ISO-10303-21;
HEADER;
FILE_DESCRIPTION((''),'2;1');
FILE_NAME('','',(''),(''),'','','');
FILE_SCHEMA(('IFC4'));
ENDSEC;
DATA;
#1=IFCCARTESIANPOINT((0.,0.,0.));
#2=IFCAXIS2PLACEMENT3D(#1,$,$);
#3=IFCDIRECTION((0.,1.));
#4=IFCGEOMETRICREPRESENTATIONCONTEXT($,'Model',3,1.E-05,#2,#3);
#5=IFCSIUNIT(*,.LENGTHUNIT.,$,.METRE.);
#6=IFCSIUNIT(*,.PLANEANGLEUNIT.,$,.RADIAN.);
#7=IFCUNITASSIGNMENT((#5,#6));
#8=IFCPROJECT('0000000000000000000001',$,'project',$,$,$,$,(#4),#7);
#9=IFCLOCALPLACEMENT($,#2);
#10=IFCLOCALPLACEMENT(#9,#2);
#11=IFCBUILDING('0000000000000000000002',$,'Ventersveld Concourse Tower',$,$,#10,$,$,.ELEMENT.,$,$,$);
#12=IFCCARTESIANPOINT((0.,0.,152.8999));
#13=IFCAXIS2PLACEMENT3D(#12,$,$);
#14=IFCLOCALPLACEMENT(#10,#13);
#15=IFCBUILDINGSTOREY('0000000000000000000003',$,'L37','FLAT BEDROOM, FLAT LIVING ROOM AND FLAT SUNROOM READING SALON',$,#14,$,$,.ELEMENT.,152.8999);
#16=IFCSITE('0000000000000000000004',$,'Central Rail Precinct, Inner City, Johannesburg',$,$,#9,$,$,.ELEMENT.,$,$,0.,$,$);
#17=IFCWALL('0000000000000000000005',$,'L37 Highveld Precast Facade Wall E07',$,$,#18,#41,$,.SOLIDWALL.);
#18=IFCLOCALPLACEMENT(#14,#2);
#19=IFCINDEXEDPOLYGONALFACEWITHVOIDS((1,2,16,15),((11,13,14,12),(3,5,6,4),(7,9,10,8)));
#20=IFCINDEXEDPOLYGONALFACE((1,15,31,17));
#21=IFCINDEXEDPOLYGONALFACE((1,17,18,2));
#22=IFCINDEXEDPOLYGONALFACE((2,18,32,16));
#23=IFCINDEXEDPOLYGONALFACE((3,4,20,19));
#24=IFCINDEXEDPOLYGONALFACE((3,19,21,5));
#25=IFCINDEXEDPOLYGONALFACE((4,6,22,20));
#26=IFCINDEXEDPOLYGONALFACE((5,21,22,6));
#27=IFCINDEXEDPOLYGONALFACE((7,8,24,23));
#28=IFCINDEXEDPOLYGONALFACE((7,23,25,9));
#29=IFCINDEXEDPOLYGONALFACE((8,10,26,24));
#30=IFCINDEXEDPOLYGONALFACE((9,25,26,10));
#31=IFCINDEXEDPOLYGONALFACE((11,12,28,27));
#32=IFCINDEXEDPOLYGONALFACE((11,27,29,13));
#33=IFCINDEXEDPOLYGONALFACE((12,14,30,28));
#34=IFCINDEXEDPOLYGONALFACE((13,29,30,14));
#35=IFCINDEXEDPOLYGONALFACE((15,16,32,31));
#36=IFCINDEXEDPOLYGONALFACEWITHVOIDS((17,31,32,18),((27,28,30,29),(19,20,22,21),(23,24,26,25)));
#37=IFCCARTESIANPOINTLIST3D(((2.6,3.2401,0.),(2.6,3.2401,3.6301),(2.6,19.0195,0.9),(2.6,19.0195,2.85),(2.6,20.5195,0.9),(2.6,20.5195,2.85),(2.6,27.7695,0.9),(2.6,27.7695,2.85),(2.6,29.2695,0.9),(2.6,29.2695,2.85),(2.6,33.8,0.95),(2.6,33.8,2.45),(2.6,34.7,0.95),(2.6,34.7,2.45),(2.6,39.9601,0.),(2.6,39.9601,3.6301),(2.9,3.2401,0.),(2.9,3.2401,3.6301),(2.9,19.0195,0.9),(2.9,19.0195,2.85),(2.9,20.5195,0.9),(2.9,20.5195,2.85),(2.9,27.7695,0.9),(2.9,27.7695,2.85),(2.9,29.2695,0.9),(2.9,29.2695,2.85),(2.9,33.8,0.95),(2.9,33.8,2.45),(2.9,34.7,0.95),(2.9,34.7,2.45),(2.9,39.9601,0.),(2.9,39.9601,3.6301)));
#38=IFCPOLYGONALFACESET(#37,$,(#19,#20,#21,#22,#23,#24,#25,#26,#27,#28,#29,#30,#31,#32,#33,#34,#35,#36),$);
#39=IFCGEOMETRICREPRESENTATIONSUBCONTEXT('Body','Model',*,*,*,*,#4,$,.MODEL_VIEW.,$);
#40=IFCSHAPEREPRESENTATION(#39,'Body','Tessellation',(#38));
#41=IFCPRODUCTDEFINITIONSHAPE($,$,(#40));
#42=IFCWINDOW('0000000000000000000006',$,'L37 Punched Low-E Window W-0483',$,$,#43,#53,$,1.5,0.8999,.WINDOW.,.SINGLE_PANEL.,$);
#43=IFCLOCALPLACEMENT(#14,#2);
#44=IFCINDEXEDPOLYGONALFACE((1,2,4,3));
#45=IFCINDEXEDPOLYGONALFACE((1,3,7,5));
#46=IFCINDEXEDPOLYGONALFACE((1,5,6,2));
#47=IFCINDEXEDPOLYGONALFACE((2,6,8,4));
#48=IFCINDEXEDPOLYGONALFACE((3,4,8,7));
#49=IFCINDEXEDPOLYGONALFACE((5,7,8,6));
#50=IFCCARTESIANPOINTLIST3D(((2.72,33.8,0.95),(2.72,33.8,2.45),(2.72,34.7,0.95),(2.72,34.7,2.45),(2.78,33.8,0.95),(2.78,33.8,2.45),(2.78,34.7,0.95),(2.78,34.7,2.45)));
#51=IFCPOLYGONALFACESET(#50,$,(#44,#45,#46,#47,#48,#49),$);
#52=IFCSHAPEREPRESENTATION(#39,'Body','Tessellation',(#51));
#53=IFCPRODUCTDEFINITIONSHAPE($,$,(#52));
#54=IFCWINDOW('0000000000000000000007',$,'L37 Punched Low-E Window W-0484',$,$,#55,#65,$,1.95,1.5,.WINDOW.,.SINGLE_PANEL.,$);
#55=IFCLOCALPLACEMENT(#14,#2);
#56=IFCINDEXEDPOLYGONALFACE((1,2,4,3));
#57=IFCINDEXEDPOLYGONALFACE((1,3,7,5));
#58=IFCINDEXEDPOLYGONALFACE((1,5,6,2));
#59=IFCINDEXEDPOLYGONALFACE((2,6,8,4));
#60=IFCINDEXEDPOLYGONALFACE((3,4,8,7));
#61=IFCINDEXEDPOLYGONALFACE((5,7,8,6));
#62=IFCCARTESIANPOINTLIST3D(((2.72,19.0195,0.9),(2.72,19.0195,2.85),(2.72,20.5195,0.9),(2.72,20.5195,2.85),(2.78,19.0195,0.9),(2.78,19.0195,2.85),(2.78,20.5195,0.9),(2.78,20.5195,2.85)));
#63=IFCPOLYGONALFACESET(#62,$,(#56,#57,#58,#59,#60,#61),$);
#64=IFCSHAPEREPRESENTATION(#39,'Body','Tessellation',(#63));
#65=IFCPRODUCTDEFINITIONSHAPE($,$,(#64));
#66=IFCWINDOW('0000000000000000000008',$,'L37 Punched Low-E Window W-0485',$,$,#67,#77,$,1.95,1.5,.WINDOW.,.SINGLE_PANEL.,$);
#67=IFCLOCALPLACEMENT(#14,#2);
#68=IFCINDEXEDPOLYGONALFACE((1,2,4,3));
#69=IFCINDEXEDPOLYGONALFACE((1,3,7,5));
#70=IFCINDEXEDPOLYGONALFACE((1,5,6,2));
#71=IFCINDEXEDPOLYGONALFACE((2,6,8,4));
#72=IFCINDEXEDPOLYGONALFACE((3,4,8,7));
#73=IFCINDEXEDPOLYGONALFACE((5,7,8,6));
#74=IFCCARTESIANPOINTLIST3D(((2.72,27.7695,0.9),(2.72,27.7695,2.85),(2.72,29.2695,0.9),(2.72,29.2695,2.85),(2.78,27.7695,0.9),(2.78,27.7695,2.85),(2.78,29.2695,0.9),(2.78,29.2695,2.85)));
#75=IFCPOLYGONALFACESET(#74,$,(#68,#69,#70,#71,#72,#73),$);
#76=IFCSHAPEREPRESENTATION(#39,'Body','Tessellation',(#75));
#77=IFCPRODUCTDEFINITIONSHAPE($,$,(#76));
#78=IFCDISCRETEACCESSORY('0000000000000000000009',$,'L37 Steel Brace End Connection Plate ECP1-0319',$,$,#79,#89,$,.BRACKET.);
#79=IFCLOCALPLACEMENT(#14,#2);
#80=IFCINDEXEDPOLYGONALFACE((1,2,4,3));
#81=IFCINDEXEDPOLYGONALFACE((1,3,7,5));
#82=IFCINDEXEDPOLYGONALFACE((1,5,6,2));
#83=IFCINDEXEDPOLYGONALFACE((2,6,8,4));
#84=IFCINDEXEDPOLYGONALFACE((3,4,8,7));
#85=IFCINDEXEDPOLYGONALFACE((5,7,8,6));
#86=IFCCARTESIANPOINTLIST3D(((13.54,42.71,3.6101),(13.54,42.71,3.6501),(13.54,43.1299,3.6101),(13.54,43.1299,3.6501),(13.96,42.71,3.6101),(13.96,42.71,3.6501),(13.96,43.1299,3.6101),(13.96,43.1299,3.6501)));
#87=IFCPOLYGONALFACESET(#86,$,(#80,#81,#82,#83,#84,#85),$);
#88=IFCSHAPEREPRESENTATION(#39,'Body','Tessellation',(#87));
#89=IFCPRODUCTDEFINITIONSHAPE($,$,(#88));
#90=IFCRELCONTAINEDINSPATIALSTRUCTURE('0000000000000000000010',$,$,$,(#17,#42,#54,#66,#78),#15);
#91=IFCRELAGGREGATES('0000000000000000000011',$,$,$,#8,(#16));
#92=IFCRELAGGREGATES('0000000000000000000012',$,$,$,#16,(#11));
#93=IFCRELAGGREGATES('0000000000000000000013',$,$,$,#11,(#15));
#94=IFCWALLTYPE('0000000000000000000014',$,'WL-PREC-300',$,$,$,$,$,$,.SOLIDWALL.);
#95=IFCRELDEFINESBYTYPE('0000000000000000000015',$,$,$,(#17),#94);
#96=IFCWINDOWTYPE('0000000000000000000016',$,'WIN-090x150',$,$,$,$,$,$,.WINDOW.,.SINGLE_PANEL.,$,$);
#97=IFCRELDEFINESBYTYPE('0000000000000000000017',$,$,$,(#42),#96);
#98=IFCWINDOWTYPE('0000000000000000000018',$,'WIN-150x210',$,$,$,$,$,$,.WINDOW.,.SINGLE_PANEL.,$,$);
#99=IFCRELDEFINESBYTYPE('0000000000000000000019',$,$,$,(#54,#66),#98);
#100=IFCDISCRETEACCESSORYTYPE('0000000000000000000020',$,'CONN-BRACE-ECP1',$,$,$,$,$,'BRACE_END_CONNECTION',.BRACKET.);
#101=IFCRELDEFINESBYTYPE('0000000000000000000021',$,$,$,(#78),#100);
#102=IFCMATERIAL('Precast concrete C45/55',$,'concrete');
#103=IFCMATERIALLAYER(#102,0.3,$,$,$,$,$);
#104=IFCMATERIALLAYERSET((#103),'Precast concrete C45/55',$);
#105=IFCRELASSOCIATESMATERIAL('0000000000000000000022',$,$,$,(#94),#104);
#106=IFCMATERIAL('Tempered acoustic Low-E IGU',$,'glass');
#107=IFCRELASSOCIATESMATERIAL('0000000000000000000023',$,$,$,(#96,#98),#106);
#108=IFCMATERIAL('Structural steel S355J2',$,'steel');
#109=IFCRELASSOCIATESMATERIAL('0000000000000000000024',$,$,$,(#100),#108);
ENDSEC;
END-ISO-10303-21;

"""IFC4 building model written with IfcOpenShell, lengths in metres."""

from ifc_helpers import new_model, si_unit, direction, frame, frame_2d, origin, origin_2d, place, context, subcontext, project, spatial, rectangle, extrude, material, layer, layer_set, type_object, element, fill, save


model = new_model("IFC4")

# Units and contexts
model_context = context("Model", 3, precision=1e-05, world=origin(), true_north=direction((0.0, 1.0)))
body_context = subcontext(model_context, "Body", "Model", "MODEL_VIEW")
ifc_project = project(units=[si_unit("LENGTHUNIT", "METRE"), si_unit("PLANEANGLEUNIT", "RADIAN")], contexts=[model_context])

# Site, building, storey
site_placement = place(None, origin())
site = spatial("IfcSite", under=ifc_project, at=site_placement, Name="Central Rail Precinct, Inner City, Johannesburg", CompositionType="ELEMENT", RefElevation=0.0)
building_placement = place(site_placement, origin())
building = spatial("IfcBuilding", under=site, at=building_placement, Name="Ventersveld Concourse Tower", CompositionType="ELEMENT")
storey_placement = place(building_placement, frame((0.0, 0.0, 152.8999)))
storey = spatial("IfcBuildingStorey", under=building, at=storey_placement, Name="L37", Description="FLAT BEDROOM, FLAT LIVING ROOM AND FLAT SUNROOM READING SALON", CompositionType="ELEMENT", Elevation=152.8999)

# Shared definitions
ifc_material_1 = material(Name="Structural steel S355J2", Category="steel")

# Shared definitions
ifc_material_2 = material(Name="Precast concrete C45/55", Category="concrete")
ifc_layer_1 = layer(ifc_material_2, 0.3)
ifc_layer_set_1 = layer_set([ifc_layer_1], Name="Precast concrete C45/55")
wall_type_1 = type_object("IfcWallType", Name="WL-PREC-300", PredefinedType="SOLIDWALL", material=ifc_layer_set_1)

# Wall, openings, windows
wall_1_placement = place(storey_placement, frame((2.75, 39.96, 0.0), z_axis=(0.0, 0.0, 1.0), x_axis=(0.0, -1.0, 0.0)))
wall_1 = element("IfcWall", 1, at=wall_1_placement, inside=storey, type_object=wall_type_1, Name="L37 Highveld Precast Facade Wall E07", PredefinedType="SOLIDWALL", context=body_context, shape_type="SweptSolid", body=[
    extrude(rectangle(XDim=36.72, YDim=0.3, at=frame_2d((18.3599, 0.0))), origin(), (0.0, 0.0, 1.0), 3.6301),
])
opening_1_placement = place(wall_1_placement, frame((5.26, 0.0, 0.95)))
opening_1 = element("IfcOpeningElement", 2, at=opening_1_placement, cuts=wall_1, PredefinedType="OPENING", context=body_context, shape_type="SweptSolid", body=[
    extrude(rectangle(XDim=0.8999, YDim=1.5, at=frame_2d((0.45, 0.75))), frame((0.0, 0.1602, 0.0), z_axis=(0.0, -1.0, 0.0), x_axis=(1.0, 0.0, 0.0)), (0.0, 0.0, 1.0), 0.3201),
])
opening_2_placement = place(wall_1_placement, frame((19.4404, 0.0, 0.8999)))
opening_2 = element("IfcOpeningElement", 3, at=opening_2_placement, cuts=wall_1, PredefinedType="OPENING", context=body_context, shape_type="SweptSolid", body=[
    extrude(rectangle(XDim=1.5, YDim=1.95, at=frame_2d((0.75, 0.9751))), frame((0.0, 0.1602, 0.0), z_axis=(0.0, -1.0, 0.0), x_axis=(1.0, 0.0, 0.0)), (0.0, 0.0, 1.0), 0.3201),
])
opening_3_placement = place(wall_1_placement, frame((10.6904, 0.0, 0.8999)))
opening_3 = element("IfcOpeningElement", 4, at=opening_3_placement, cuts=wall_1, PredefinedType="OPENING", context=body_context, shape_type="SweptSolid", body=[
    extrude(rectangle(XDim=1.5, YDim=1.95, at=frame_2d((0.75, 0.9751))), frame((0.0, 0.1602, 0.0), z_axis=(0.0, -1.0, 0.0), x_axis=(1.0, 0.0, 0.0)), (0.0, 0.0, 1.0), 0.3201),
])
ifc_material_3 = material(Name="Tempered acoustic Low-E IGU", Category="glass")
window_type_1 = type_object("IfcWindowType", Name="WIN-090x150", PartitioningType="SINGLE_PANEL", PredefinedType="WINDOW", material=ifc_material_3)
window_1_placement = place(opening_1_placement, origin())
window_1 = element("IfcWindow", 5, at=window_1_placement, inside=storey, type_object=window_type_1, Name="L37 Punched Low-E Window W-0483", OverallHeight=1.5, OverallWidth=0.8999, PartitioningType="SINGLE_PANEL", PredefinedType="WINDOW", context=body_context, shape_type="SweptSolid", body=[
    extrude(rectangle(XDim=0.8999, YDim=1.5, at=frame_2d((0.45, 0.75))), frame((0.0, 0.03, 0.0), z_axis=(0.0, -1.0, 0.0), x_axis=(1.0, 0.0, 0.0)), (0.0, 0.0, 1.0), 0.0601),
])
fill(opening_1, window_1)
window_type_2 = type_object("IfcWindowType", Name="WIN-150x210", PartitioningType="SINGLE_PANEL", PredefinedType="WINDOW", material=ifc_material_3)
window_2_placement = place(opening_2_placement, origin())
window_2 = element("IfcWindow", 6, at=window_2_placement, inside=storey, type_object=window_type_2, Name="L37 Punched Low-E Window W-0484", OverallHeight=1.95, OverallWidth=1.5, PartitioningType="SINGLE_PANEL", PredefinedType="WINDOW", context=body_context, shape_type="SweptSolid", body=[
    extrude(rectangle(XDim=1.5, YDim=1.95, at=frame_2d((0.75, 0.9751))), frame((0.0, 0.03, 0.0), z_axis=(0.0, -1.0, 0.0), x_axis=(1.0, 0.0, 0.0)), (0.0, 0.0, 1.0), 0.0601),
])
fill(opening_2, window_2)
window_3_placement = place(opening_3_placement, origin())
window_3 = element("IfcWindow", 7, at=window_3_placement, inside=storey, type_object=window_type_2, Name="L37 Punched Low-E Window W-0485", OverallHeight=1.95, OverallWidth=1.5, PartitioningType="SINGLE_PANEL", PredefinedType="WINDOW", context=body_context, shape_type="SweptSolid", body=[
    extrude(rectangle(XDim=1.5, YDim=1.95, at=frame_2d((0.75, 0.9751))), frame((0.0, 0.03, 0.0), z_axis=(0.0, -1.0, 0.0), x_axis=(1.0, 0.0, 0.0)), (0.0, 0.0, 1.0), 0.0601),
])
fill(opening_3, window_3)

# Discrete accessory
discrete_accessory_type = type_object("IfcDiscreteAccessoryType", Name="CONN-BRACE-ECP1", ElementType="BRACE_END_CONNECTION", PredefinedType="BRACKET", material=ifc_material_1)
discrete_accessory_placement = place(storey_placement, frame((13.75, 42.9199, 3.6101), z_axis=(0.0, 0.0, 1.0), x_axis=(1.0, 0.0, 0.0)))
element("IfcDiscreteAccessory", 8, at=discrete_accessory_placement, inside=storey, type_object=discrete_accessory_type, Name="L37 Steel Brace End Connection Plate ECP1-0319", PredefinedType="BRACKET", context=body_context, shape_type="SweptSolid", body=[
    extrude(rectangle(XDim=0.4199, YDim=0.4199, at=origin_2d()), origin(), (0.0, 0.0, 1.0), 0.04),
])

save(model, "model.ifc")
